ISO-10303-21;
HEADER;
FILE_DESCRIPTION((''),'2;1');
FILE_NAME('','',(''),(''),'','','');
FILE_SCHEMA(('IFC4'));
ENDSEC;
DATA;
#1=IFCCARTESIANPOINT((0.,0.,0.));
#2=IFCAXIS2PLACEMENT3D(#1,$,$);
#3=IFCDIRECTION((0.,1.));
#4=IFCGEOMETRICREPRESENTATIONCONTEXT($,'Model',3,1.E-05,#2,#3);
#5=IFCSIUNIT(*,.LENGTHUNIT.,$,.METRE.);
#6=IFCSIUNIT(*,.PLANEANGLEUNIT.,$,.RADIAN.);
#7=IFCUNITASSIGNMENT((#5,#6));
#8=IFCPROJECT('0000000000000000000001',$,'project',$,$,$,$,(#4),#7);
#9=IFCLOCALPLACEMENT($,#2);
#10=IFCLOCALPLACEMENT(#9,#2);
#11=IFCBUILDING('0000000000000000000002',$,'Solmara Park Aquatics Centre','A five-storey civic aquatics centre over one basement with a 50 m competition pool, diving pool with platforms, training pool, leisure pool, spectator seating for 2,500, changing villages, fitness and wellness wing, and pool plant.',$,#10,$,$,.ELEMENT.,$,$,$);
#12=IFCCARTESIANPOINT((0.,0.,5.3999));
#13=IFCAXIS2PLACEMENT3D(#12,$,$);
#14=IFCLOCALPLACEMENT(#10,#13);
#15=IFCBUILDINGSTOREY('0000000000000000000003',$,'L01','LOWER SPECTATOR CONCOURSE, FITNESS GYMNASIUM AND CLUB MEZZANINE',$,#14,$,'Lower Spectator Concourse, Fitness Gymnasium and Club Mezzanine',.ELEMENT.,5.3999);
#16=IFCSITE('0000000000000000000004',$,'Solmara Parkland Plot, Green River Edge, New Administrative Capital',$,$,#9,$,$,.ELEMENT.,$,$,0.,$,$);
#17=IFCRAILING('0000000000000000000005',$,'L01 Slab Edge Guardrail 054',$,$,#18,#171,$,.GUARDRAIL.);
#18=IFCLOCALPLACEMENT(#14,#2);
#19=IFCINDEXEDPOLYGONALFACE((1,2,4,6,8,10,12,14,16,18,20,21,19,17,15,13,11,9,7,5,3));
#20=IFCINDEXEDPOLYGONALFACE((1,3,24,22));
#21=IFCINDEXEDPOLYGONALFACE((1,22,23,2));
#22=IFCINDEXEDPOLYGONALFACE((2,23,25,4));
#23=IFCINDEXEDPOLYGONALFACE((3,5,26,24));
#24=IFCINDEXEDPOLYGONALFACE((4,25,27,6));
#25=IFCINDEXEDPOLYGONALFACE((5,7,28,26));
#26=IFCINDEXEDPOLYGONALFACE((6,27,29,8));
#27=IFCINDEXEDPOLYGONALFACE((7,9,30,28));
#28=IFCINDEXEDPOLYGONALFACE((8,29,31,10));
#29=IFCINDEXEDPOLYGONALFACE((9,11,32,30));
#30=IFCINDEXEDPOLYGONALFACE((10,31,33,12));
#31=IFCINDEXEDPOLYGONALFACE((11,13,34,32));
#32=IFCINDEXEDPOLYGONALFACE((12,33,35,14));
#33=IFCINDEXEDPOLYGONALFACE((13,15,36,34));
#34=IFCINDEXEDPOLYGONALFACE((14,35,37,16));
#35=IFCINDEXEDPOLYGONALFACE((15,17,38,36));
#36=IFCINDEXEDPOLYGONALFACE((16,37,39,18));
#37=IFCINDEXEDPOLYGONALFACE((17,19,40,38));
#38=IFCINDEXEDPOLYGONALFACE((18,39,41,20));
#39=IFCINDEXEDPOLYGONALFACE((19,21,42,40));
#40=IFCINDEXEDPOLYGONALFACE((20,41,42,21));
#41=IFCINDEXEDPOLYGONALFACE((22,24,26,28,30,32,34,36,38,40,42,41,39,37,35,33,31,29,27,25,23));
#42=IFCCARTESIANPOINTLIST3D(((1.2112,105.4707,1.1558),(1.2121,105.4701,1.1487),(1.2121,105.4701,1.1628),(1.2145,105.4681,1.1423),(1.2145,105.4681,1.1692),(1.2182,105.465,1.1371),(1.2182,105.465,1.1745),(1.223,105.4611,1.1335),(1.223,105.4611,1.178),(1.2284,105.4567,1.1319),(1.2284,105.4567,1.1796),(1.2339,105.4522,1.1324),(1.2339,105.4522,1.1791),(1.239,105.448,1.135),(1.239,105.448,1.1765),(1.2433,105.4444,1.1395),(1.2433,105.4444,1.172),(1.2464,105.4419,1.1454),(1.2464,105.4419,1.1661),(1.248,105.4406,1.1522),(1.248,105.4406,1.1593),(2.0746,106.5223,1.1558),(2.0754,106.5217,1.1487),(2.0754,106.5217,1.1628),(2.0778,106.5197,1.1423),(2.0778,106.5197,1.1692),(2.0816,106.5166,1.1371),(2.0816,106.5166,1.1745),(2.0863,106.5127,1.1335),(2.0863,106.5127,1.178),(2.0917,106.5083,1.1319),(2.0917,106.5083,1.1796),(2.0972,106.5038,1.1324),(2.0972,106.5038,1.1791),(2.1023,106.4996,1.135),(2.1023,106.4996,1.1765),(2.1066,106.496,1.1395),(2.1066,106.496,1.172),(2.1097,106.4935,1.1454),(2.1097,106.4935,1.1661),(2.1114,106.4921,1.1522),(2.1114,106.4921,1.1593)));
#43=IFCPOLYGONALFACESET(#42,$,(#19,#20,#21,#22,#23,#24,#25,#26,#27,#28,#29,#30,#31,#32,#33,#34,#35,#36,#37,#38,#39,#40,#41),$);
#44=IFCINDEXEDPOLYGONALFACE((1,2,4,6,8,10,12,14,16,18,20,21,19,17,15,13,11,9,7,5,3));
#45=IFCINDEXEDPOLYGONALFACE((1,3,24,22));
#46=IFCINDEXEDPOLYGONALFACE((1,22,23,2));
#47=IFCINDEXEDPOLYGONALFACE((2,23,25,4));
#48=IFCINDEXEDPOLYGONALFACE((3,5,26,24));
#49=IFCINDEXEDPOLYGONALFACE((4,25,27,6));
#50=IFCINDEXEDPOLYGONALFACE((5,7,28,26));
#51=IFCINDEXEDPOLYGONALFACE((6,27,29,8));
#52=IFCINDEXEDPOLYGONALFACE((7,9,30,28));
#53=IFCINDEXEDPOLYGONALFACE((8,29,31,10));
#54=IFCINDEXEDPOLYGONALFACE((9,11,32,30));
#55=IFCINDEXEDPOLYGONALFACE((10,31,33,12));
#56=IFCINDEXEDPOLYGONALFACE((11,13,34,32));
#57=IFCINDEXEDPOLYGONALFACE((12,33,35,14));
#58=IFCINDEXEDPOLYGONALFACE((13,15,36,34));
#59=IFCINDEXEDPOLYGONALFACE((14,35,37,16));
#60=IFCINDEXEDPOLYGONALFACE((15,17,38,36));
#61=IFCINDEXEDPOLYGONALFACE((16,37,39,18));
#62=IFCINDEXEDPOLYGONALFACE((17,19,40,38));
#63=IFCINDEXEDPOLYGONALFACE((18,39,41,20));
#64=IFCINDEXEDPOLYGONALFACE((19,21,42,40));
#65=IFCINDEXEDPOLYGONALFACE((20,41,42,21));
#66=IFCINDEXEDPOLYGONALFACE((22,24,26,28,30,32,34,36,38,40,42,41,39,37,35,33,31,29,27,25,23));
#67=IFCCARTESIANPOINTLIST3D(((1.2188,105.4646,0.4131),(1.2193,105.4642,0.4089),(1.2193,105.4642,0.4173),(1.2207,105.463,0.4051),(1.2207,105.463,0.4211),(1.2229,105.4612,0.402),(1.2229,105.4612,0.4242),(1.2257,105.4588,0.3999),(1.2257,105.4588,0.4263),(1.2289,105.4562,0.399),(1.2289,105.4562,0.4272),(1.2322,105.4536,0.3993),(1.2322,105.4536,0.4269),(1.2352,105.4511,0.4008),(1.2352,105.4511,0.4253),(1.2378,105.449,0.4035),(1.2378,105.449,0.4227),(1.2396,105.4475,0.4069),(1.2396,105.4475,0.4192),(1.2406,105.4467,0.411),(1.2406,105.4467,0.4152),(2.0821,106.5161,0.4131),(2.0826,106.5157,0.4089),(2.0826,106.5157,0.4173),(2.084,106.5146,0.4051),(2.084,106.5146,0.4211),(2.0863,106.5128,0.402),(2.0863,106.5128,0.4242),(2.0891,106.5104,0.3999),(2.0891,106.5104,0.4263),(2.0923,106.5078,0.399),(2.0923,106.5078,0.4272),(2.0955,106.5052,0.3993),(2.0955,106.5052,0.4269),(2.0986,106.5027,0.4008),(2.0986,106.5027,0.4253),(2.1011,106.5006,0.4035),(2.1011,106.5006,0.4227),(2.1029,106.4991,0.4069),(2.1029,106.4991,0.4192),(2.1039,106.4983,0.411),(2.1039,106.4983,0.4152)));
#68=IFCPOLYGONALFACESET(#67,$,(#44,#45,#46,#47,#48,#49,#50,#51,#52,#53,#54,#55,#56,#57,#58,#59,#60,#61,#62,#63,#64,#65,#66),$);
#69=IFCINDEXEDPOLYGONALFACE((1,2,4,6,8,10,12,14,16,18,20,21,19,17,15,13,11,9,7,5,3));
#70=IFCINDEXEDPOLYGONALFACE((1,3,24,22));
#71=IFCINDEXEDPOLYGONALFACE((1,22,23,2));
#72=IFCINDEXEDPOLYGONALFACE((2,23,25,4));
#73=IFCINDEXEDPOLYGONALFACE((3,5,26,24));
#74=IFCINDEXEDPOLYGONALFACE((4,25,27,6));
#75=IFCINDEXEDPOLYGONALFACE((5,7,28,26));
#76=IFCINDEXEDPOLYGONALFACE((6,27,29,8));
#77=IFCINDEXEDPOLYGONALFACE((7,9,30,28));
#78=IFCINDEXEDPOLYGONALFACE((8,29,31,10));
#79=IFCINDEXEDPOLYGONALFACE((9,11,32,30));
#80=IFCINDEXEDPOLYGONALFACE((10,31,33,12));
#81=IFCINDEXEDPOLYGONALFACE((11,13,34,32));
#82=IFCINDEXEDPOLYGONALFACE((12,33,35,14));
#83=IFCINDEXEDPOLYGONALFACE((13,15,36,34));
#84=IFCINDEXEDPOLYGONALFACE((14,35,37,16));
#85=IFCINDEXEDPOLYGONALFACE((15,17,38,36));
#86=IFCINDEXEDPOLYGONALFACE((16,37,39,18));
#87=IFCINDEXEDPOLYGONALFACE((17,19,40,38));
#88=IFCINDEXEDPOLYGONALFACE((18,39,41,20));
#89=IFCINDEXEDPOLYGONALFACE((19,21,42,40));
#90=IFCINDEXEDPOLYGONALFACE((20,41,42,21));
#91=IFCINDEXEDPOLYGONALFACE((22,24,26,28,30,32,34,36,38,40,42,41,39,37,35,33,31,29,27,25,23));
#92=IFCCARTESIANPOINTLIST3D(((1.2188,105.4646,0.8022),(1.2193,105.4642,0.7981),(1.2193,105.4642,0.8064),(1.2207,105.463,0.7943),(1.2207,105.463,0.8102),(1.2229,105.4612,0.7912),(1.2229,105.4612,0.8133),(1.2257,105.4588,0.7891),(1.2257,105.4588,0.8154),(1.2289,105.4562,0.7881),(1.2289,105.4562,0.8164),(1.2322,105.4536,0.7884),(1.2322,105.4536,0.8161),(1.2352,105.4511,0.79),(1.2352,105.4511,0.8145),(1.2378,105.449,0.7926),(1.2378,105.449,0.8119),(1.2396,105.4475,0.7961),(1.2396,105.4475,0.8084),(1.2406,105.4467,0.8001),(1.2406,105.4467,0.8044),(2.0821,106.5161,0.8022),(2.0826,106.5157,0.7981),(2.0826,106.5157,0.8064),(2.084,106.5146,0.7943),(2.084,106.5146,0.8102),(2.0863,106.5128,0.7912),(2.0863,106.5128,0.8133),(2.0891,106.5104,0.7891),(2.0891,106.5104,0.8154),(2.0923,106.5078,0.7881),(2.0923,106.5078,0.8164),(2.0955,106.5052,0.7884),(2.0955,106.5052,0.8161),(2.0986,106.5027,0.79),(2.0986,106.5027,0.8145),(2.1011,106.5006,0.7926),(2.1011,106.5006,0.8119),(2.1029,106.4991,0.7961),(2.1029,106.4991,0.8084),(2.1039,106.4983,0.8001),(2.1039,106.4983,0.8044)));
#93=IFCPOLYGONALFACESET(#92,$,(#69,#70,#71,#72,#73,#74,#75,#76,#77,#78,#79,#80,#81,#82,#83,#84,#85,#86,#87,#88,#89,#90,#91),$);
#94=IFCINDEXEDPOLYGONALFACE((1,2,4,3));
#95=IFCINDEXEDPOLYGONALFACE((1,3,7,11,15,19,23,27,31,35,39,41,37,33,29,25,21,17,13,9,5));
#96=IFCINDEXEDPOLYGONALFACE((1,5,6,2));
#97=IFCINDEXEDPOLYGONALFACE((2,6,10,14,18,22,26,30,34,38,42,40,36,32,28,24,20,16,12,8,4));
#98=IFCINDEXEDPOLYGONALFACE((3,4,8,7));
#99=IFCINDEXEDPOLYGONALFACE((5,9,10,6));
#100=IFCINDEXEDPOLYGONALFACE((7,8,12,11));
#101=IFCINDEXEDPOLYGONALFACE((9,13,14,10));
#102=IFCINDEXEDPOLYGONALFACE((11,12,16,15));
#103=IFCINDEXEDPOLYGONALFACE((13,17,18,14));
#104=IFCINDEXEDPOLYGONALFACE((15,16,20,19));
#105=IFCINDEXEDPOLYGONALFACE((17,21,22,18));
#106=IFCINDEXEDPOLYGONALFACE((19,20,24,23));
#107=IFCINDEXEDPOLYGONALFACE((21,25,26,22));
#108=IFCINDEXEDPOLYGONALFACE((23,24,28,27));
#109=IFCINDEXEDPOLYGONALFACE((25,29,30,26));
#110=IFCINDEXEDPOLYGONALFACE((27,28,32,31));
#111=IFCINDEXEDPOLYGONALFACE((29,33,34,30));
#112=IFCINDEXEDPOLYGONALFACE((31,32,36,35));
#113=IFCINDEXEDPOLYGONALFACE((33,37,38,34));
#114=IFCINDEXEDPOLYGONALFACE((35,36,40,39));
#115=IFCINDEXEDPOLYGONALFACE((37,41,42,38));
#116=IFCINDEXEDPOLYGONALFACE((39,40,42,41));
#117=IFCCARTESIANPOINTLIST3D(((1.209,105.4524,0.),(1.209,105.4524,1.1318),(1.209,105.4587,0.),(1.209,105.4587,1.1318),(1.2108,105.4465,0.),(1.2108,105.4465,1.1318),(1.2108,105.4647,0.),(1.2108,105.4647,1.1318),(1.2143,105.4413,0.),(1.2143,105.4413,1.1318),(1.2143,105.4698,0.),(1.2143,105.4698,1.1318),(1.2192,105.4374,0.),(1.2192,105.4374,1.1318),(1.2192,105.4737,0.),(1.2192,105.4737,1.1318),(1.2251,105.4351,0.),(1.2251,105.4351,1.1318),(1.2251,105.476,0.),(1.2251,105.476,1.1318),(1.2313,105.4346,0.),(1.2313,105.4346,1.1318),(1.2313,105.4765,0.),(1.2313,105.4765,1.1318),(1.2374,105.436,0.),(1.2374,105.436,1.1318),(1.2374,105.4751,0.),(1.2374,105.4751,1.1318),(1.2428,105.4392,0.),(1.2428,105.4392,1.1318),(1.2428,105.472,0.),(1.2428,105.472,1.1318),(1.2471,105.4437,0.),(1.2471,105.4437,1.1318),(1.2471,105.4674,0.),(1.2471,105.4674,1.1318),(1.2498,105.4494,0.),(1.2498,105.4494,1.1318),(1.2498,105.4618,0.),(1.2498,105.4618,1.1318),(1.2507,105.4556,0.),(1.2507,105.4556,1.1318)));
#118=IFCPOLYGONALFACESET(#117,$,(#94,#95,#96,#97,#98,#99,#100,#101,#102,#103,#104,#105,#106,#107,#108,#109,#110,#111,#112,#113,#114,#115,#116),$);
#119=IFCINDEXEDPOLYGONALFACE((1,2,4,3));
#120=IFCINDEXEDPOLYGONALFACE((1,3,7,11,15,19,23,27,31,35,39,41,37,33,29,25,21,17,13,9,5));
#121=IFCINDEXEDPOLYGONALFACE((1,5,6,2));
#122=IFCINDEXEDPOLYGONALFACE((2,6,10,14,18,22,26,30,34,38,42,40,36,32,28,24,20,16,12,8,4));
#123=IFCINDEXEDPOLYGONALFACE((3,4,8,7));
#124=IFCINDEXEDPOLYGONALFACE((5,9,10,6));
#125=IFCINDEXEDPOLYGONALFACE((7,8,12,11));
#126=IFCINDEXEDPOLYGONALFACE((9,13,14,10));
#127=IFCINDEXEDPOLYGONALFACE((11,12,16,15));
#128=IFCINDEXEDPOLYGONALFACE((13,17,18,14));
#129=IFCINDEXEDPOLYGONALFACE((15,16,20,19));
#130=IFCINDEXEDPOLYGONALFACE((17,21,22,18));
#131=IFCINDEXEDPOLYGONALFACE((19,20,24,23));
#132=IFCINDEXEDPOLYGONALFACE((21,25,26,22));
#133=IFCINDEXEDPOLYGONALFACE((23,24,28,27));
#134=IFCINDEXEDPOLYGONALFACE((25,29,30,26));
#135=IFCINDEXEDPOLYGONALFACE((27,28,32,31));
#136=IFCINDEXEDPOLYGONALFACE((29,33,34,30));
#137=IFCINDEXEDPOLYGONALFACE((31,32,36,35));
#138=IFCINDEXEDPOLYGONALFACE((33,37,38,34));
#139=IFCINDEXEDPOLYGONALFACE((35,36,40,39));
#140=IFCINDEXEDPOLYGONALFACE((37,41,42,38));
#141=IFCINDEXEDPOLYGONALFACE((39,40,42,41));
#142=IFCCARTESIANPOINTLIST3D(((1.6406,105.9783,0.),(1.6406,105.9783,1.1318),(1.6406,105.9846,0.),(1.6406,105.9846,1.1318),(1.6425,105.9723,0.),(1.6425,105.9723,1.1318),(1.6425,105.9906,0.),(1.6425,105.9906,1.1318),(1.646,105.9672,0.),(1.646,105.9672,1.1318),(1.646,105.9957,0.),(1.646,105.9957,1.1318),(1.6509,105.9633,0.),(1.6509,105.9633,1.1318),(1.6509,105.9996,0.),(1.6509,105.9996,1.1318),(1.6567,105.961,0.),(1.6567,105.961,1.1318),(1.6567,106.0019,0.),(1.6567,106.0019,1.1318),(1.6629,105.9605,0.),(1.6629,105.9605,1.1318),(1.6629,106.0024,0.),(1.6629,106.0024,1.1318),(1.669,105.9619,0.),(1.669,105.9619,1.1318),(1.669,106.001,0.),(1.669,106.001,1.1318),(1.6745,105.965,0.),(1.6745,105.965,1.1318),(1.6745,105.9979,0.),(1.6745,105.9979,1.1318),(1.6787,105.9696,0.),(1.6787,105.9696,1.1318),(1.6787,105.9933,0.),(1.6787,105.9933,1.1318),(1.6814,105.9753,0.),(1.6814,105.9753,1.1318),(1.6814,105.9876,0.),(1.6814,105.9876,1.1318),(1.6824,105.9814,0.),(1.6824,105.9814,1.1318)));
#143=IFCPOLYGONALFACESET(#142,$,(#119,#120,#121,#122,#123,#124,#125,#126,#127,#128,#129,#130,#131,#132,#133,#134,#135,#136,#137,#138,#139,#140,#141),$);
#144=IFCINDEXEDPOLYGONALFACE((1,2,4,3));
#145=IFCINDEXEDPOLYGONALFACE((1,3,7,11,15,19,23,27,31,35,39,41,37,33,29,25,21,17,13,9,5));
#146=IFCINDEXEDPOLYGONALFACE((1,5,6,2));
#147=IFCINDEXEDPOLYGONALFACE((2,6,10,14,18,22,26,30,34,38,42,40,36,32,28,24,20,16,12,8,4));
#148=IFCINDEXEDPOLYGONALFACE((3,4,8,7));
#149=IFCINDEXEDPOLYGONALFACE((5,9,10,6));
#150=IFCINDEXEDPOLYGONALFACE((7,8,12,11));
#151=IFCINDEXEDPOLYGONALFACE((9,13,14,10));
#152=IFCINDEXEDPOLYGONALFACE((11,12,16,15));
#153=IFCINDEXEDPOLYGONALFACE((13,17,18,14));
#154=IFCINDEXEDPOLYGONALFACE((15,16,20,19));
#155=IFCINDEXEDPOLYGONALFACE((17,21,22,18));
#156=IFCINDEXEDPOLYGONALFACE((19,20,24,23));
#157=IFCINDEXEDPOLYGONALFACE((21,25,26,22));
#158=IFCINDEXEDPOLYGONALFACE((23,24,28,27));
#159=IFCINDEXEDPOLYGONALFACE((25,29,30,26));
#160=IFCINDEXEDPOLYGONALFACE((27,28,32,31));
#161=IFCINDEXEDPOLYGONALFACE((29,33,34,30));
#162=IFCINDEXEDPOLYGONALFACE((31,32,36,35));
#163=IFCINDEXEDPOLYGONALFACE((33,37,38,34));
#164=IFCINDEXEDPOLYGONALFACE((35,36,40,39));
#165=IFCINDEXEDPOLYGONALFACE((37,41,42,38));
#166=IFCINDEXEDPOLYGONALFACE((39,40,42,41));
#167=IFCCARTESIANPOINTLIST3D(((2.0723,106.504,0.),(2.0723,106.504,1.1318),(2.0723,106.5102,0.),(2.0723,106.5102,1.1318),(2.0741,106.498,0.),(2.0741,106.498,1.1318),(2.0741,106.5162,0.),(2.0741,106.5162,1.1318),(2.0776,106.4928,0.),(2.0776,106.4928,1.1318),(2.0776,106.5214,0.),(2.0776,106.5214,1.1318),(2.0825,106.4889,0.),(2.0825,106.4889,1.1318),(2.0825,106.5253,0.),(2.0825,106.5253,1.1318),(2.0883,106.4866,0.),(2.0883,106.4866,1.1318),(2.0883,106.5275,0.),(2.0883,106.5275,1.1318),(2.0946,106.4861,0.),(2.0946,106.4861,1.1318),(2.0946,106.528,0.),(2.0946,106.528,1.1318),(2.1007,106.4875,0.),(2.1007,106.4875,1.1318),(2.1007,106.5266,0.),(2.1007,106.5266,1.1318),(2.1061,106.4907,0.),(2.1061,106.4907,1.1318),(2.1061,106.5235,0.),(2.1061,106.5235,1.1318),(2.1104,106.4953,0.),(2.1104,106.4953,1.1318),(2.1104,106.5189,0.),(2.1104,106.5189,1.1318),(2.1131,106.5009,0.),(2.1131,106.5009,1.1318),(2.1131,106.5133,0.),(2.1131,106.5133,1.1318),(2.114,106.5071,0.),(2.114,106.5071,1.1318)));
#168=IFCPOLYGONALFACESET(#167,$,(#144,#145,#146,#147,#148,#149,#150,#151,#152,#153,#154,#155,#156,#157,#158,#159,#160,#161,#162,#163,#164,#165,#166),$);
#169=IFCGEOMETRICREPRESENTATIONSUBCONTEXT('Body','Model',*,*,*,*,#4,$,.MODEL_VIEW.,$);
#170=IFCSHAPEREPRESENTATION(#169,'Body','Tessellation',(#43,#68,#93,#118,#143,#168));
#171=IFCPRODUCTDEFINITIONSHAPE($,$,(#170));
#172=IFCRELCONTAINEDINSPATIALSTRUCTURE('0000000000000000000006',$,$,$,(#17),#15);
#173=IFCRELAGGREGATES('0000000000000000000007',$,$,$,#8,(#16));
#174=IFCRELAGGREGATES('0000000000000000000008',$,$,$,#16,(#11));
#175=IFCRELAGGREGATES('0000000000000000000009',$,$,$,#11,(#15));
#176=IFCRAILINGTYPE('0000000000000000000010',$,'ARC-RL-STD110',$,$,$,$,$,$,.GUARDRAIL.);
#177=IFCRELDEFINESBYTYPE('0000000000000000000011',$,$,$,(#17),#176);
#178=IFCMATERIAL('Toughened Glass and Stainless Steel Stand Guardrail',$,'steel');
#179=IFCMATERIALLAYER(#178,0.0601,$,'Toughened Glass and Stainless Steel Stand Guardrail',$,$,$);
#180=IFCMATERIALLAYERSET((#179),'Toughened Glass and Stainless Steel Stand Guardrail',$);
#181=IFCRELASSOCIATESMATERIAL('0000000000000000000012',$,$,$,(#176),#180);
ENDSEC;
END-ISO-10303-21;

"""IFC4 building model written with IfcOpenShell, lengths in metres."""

from ifc_helpers import new_model, si_unit, direction, frame, origin, origin_2d, place, context, subcontext, project, spatial, circle, extrude, material, layer, layer_set, type_object, element, save


model = new_model("IFC4")

# Units and contexts
model_context = context("Model", 3, precision=1e-05, world=origin(), true_north=direction((0.0, 1.0)))
body_context = subcontext(model_context, "Body", "Model", "MODEL_VIEW")
ifc_project = project(units=[si_unit("LENGTHUNIT", "METRE"), si_unit("PLANEANGLEUNIT", "RADIAN")], contexts=[model_context])

# Site, building, storey
site_placement = place(None, origin())
site = spatial("IfcSite", under=ifc_project, at=site_placement, Name="Solmara Parkland Plot, Green River Edge, New Administrative Capital", CompositionType="ELEMENT", RefElevation=0.0)
building_placement = place(site_placement, origin())
building = spatial("IfcBuilding", under=site, at=building_placement, Name="Solmara Park Aquatics Centre", Description="A five-storey civic aquatics centre over one basement with a 50 m competition pool, diving pool with platforms, training pool, leisure pool, spectator seating for 2,500, changing villages, fitness and wellness wing, and pool plant.", CompositionType="ELEMENT")
storey_placement = place(building_placement, frame((0.0, 0.0, 5.3999)))
storey = spatial("IfcBuildingStorey", under=building, at=storey_placement, Name="L01", Description="LOWER SPECTATOR CONCOURSE, FITNESS GYMNASIUM AND CLUB MEZZANINE", LongName="Lower Spectator Concourse, Fitness Gymnasium and Club Mezzanine", CompositionType="ELEMENT", Elevation=5.3999)

# Railing
ifc_material_1 = material(Name="Toughened Glass and Stainless Steel Stand Guardrail", Category="steel")
ifc_layer_1 = layer(ifc_material_1, 0.0601, Name="Toughened Glass and Stainless Steel Stand Guardrail")
ifc_layer_set_1 = layer_set([ifc_layer_1], Name="Toughened Glass and Stainless Steel Stand Guardrail")
railing_type = type_object("IfcRailingType", Name="ARC-RL-STD110", PredefinedType="GUARDRAIL", material=ifc_layer_set_1)
railing_1_placement = place(storey_placement, frame((1.2297, 105.4556, 0.0)))
element("IfcRailing", 1, at=railing_1_placement, inside=storey, type_object=railing_type, Name="L01 Slab Edge Guardrail 054", PredefinedType="GUARDRAIL", context=body_context, shape_type="SweptSolid", body=[
    extrude(circle(Radius=0.0239, at=origin_2d()), frame((0.0, 0.0, 1.1558), z_axis=(0.634537, 0.772893, 0.0), x_axis=(-0.772893, 0.634537, 0.0)), (0.0, 0.0, 1.0), 1.3606),
    extrude(circle(Radius=0.0142, at=origin_2d()), frame((0.0, 0.0, 0.4131), z_axis=(0.634537, 0.772893, 0.0), x_axis=(-0.772893, 0.634537, 0.0)), (0.0, 0.0, 1.0), 1.3606),
    extrude(circle(Radius=0.0142, at=origin_2d()), frame((0.0, 0.0, 0.8022), z_axis=(0.634537, 0.772893, 0.0), x_axis=(-0.772893, 0.634537, 0.0)), (0.0, 0.0, 1.0), 1.3606),
    extrude(circle(Radius=0.021, at=origin_2d()), origin(), (0.0, 0.0, 1.0), 1.1318),
    extrude(circle(Radius=0.021, at=origin_2d()), frame((0.4316, 0.5259, 0.0)), (0.0, 0.0, 1.0), 1.1318),
    extrude(circle(Radius=0.021, at=origin_2d()), frame((0.8633, 1.0515, 0.0)), (0.0, 0.0, 1.0), 1.1318),
])

save(model, "model.ifc")
